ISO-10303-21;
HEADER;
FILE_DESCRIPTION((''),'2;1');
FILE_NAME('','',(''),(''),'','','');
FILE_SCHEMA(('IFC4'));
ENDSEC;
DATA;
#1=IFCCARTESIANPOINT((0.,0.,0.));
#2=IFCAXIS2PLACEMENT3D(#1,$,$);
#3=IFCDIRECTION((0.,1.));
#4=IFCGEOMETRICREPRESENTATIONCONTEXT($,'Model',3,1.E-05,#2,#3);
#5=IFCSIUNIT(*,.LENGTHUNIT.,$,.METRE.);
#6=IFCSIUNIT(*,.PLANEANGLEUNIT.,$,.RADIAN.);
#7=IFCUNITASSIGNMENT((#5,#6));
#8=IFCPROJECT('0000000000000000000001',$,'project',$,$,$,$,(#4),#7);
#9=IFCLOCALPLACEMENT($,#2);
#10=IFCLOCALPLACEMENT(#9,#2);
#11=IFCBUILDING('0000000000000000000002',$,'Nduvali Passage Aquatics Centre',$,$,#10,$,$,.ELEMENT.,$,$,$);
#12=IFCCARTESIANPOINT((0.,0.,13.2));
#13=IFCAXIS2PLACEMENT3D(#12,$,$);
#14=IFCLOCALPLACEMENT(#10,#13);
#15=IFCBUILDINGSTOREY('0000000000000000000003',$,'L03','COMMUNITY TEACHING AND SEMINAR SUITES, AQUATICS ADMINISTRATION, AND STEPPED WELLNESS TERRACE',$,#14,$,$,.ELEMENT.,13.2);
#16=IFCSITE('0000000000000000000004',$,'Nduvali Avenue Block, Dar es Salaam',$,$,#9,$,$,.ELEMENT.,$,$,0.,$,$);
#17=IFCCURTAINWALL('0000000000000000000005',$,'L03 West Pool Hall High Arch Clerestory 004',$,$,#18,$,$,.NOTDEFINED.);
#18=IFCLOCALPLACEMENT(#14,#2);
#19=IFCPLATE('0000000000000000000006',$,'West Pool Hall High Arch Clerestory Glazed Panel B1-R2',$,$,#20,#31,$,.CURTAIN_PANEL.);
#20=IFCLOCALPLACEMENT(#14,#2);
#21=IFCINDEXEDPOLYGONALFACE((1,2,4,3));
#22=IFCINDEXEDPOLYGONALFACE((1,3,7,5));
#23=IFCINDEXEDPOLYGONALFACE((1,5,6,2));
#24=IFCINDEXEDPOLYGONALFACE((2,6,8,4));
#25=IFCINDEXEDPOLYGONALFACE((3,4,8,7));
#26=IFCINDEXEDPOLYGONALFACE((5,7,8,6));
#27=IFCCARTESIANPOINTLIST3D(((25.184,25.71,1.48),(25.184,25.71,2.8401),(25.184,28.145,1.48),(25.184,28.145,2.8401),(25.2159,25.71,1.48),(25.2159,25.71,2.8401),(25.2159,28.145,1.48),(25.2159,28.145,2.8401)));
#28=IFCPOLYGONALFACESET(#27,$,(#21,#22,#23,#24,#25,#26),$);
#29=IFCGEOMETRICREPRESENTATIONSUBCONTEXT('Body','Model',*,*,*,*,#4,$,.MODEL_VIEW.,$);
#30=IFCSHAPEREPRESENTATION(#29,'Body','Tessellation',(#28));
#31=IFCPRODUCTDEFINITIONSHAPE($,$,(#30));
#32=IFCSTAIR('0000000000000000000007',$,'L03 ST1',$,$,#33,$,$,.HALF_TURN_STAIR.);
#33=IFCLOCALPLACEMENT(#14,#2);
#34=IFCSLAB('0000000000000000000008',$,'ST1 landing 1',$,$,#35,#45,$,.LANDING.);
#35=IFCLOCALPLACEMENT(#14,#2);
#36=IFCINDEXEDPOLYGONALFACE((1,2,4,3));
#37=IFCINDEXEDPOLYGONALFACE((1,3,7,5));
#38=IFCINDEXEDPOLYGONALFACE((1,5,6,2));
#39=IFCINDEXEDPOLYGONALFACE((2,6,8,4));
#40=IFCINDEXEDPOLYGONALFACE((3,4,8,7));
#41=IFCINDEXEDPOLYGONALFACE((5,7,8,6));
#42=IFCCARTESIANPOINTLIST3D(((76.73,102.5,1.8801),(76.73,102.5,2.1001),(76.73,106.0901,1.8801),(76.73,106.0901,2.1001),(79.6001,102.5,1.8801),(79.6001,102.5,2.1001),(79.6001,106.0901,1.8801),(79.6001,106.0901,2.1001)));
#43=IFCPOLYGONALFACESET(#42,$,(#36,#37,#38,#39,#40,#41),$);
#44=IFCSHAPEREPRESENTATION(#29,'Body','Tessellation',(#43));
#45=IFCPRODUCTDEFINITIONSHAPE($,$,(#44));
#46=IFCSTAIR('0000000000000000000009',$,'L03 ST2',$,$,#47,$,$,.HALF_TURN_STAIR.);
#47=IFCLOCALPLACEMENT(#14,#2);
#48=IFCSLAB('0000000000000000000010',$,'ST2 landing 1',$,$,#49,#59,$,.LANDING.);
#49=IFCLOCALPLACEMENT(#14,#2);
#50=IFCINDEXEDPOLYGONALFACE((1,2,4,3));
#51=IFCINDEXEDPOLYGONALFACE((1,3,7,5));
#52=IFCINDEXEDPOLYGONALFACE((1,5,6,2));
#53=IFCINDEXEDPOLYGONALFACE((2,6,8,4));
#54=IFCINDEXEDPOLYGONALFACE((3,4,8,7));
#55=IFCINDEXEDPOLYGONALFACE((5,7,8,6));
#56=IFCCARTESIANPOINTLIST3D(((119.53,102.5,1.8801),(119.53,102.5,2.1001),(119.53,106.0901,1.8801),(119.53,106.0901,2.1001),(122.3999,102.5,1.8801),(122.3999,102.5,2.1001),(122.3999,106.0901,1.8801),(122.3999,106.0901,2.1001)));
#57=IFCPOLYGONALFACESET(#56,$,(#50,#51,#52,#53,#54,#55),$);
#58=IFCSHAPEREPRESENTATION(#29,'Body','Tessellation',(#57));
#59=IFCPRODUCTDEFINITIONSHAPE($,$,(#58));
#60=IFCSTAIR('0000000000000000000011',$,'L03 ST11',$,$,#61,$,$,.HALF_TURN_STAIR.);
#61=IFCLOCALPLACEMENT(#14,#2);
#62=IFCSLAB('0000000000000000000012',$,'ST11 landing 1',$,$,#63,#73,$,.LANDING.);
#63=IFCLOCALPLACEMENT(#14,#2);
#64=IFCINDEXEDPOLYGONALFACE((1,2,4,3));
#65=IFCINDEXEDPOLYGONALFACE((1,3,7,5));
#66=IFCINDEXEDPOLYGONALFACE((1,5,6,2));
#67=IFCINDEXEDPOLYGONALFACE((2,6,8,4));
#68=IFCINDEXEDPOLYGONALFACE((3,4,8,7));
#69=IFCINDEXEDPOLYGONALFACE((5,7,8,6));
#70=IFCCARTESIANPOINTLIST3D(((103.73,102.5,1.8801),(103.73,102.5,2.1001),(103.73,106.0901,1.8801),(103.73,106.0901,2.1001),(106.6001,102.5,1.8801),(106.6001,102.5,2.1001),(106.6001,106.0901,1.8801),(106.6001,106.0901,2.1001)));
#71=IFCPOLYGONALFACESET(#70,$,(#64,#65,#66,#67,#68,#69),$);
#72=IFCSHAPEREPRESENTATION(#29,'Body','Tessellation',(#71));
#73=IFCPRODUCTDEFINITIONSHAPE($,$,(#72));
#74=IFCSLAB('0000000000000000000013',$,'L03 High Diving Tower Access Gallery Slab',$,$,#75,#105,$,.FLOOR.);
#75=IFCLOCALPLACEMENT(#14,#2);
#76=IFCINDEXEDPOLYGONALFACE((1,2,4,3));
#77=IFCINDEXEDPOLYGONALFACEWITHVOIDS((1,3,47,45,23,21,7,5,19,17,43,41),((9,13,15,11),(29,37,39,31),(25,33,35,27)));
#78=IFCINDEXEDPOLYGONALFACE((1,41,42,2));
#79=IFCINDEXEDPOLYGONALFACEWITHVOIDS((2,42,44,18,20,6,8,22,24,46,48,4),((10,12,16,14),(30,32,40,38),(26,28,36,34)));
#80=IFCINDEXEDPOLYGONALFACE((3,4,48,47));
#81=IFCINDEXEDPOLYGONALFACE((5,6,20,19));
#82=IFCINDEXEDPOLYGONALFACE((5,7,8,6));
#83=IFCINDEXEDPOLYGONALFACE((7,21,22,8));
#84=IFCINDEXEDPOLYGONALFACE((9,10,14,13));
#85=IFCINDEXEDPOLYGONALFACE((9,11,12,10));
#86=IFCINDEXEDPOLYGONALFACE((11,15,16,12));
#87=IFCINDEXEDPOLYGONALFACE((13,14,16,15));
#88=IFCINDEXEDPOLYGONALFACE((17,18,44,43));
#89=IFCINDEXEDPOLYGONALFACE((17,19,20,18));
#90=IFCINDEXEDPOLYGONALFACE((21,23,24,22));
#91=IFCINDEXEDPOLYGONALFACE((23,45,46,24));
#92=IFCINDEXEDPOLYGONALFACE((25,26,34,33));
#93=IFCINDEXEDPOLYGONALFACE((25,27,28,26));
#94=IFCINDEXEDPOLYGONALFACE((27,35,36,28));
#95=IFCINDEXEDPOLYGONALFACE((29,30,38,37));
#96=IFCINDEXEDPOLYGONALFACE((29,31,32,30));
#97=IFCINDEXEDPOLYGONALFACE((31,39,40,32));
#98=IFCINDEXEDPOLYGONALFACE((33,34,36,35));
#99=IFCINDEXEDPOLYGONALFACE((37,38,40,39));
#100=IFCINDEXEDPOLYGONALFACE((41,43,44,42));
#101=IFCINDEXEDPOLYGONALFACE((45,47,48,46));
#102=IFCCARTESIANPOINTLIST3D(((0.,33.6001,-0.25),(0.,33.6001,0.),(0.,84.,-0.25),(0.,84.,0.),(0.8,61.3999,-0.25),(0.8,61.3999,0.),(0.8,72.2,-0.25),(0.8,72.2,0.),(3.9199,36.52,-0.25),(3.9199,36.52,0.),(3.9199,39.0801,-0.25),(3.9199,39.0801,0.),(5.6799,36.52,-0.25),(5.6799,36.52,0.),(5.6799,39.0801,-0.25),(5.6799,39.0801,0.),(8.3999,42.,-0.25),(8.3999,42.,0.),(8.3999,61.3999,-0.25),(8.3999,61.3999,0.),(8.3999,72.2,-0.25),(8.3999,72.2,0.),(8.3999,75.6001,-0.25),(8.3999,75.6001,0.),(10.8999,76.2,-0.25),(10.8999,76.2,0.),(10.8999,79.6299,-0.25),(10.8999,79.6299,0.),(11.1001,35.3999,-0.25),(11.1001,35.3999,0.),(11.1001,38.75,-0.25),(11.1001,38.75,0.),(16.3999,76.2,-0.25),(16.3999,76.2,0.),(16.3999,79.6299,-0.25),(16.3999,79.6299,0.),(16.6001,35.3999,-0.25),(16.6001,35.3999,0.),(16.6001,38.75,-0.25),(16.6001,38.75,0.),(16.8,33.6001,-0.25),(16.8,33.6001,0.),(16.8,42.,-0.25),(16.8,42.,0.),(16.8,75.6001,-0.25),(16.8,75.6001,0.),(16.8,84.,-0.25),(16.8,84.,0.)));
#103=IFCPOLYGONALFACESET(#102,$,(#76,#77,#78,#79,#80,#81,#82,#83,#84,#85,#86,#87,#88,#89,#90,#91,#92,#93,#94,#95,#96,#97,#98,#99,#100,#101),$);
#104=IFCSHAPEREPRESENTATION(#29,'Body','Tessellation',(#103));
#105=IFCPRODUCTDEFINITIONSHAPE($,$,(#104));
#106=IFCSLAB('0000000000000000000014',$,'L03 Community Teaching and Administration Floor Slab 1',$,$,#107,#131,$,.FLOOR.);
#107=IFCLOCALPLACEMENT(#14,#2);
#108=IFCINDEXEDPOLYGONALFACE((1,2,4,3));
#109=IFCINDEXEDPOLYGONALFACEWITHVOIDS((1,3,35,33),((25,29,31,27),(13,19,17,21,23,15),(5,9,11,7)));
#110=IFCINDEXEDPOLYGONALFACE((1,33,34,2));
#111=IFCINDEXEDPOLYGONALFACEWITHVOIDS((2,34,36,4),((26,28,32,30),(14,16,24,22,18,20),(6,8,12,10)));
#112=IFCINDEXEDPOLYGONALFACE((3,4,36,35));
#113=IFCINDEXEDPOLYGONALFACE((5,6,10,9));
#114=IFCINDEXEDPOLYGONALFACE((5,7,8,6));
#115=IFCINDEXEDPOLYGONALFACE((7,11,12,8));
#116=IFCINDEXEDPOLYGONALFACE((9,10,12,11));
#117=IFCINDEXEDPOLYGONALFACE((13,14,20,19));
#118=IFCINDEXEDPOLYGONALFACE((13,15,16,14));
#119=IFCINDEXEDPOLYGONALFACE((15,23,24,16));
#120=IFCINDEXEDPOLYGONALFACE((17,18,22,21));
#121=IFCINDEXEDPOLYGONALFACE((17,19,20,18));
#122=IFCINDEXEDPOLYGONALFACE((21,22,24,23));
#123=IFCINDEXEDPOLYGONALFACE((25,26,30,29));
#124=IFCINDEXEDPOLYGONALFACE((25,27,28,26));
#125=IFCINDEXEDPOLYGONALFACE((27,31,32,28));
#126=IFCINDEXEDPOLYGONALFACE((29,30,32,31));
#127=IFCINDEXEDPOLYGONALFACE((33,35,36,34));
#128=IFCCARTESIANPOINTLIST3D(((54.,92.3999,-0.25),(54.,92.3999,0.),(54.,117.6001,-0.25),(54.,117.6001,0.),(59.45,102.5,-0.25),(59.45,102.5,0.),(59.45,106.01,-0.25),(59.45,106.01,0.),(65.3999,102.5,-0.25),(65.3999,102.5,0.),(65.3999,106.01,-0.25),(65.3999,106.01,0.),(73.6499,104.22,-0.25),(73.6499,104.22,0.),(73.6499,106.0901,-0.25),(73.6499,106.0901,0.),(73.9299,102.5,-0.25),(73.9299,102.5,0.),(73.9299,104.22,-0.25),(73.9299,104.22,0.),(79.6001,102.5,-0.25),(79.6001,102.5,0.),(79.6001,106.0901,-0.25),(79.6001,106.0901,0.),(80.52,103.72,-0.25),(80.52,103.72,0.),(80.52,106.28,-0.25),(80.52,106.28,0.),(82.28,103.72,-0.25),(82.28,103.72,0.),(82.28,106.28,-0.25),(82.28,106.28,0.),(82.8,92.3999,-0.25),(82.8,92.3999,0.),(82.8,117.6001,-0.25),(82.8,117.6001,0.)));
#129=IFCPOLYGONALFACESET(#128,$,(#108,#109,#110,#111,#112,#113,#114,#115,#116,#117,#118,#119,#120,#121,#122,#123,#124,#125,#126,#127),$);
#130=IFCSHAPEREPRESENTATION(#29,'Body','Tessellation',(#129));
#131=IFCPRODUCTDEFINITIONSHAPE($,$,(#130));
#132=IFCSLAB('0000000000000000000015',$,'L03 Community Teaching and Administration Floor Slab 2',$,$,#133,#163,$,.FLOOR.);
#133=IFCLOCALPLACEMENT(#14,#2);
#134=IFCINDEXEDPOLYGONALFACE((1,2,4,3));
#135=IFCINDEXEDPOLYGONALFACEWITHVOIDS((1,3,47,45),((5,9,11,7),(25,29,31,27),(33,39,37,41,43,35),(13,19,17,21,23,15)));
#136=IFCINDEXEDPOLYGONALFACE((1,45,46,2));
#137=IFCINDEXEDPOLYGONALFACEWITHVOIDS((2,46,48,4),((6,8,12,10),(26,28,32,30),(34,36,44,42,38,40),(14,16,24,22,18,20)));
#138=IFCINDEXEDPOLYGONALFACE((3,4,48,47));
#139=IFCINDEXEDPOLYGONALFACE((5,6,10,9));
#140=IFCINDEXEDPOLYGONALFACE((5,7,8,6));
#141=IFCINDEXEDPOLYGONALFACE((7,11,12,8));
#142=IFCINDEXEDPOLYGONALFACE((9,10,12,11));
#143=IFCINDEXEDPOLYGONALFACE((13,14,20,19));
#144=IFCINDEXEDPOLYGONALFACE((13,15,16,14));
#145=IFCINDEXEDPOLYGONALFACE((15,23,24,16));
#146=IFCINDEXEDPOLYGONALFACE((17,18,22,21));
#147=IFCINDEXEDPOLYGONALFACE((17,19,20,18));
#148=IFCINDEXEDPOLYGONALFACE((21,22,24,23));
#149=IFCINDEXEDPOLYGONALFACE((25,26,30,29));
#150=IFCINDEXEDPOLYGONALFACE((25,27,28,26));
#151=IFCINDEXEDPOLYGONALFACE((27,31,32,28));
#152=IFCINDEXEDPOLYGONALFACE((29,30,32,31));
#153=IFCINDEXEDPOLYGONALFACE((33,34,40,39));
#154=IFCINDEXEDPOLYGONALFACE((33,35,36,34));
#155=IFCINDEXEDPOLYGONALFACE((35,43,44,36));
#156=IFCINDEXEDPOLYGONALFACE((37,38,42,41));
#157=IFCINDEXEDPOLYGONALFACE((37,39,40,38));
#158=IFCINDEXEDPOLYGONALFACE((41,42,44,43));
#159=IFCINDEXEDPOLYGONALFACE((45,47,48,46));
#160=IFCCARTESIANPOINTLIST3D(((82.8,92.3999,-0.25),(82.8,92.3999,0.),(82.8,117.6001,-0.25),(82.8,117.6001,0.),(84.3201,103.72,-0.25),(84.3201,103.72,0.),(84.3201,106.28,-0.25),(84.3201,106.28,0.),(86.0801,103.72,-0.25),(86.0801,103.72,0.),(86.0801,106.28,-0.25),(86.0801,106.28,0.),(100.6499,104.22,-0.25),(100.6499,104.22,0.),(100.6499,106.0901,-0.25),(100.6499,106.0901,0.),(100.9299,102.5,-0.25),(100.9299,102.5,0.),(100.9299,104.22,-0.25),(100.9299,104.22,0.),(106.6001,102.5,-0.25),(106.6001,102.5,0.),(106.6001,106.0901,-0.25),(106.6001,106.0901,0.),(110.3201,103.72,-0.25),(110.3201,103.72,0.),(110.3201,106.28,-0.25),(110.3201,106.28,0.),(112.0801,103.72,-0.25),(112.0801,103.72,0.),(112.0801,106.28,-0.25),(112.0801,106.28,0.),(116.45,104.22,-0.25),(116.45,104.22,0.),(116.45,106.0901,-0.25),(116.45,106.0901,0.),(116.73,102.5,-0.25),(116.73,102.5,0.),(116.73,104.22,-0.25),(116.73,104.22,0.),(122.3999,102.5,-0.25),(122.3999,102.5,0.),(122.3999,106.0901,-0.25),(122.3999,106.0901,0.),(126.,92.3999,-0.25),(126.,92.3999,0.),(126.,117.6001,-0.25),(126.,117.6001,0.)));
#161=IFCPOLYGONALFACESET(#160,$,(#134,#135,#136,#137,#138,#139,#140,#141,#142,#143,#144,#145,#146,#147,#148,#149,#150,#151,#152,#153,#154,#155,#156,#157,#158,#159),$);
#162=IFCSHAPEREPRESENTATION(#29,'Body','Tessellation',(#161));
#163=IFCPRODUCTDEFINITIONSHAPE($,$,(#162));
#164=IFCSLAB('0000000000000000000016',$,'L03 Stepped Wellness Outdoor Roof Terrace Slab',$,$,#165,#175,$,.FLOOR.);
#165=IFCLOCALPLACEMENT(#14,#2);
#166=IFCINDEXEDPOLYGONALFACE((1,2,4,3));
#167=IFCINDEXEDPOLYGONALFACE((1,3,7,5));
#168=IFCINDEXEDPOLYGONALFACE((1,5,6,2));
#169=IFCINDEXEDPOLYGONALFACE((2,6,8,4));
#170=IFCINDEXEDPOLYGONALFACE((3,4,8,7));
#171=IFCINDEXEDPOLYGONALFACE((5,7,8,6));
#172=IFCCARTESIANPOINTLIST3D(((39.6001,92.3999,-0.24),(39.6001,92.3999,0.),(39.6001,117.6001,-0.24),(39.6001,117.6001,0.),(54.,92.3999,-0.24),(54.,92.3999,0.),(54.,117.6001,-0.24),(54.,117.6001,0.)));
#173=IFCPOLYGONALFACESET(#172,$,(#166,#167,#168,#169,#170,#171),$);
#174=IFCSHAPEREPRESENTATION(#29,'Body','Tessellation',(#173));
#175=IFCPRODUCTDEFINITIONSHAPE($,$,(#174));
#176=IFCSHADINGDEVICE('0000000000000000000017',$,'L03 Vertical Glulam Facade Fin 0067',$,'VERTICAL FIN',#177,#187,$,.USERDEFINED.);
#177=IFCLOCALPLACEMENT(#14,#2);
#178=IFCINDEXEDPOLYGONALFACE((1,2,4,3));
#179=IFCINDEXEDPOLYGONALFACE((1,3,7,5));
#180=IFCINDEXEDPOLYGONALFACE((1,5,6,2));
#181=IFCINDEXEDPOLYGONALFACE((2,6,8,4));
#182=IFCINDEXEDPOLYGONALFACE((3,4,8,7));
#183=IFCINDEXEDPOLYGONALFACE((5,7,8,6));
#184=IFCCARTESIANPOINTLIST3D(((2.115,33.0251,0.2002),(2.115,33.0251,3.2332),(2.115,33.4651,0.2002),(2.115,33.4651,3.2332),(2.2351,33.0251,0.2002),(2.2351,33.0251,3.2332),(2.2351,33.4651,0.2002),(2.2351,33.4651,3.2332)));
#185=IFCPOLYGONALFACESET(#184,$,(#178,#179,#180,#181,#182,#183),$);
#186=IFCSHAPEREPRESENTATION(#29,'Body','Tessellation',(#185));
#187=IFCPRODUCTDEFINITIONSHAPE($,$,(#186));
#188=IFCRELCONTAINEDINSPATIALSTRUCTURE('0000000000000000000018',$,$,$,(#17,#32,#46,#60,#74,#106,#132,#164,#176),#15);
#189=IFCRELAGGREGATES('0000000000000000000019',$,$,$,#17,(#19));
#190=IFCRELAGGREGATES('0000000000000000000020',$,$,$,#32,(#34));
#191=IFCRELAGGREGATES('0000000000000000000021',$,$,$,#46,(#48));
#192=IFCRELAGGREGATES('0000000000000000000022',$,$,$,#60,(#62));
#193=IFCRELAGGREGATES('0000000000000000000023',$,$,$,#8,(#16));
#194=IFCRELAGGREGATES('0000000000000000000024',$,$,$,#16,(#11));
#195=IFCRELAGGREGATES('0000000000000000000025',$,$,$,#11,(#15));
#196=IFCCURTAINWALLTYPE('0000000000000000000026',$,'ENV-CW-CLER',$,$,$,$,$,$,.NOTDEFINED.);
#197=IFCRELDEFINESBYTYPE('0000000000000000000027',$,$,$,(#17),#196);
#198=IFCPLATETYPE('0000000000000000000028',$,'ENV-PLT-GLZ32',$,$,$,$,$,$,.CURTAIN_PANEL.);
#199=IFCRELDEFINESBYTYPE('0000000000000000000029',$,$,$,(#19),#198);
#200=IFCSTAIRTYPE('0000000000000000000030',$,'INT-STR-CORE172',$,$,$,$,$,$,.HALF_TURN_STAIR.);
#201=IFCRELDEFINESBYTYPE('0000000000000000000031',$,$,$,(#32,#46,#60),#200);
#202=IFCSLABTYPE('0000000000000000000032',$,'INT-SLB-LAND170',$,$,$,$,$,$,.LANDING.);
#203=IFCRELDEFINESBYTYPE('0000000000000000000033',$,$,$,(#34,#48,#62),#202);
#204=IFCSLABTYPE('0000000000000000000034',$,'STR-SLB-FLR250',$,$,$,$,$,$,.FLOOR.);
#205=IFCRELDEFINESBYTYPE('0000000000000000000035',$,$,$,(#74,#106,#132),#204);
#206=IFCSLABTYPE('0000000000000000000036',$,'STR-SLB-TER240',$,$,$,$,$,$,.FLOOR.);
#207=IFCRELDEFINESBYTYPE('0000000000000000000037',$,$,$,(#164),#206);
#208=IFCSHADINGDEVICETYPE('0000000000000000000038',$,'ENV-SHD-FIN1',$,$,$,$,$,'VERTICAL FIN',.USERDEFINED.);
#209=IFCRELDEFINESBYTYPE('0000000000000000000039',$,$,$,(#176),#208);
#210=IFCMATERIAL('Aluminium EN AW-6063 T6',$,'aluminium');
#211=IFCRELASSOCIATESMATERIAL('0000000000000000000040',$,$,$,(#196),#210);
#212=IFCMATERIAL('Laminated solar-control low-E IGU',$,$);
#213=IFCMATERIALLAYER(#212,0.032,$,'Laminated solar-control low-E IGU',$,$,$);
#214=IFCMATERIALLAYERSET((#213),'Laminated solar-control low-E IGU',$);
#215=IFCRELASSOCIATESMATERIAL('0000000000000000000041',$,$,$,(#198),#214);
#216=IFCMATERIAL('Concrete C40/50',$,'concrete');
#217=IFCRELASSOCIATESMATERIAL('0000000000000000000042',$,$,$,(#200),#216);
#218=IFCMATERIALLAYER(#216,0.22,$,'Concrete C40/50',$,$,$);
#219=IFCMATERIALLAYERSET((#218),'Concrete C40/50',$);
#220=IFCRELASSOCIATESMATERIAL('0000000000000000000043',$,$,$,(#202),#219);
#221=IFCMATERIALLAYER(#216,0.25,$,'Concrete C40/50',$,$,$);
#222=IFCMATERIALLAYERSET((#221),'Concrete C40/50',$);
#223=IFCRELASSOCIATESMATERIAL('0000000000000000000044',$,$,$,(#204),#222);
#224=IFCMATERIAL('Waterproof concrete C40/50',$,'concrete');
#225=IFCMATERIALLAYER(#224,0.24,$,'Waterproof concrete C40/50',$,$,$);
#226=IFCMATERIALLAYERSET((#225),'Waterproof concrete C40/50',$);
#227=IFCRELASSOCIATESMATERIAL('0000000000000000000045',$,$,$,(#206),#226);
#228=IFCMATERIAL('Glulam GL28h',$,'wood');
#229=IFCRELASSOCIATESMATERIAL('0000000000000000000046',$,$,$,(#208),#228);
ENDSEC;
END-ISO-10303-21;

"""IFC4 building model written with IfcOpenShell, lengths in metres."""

from ifc_helpers import new_model, si_unit, direction, frame, origin, origin_2d, place, context, subcontext, project, spatial, polyline, rectangle, outline, extrude, material, layer, layer_set, type_object, element, aggregate, save


model = new_model("IFC4")

# Units and contexts
model_context = context("Model", 3, precision=1e-05, world=origin(), true_north=direction((0.0, 1.0)))
body_context = subcontext(model_context, "Body", "Model", "MODEL_VIEW")
ifc_project = project(units=[si_unit("LENGTHUNIT", "METRE"), si_unit("PLANEANGLEUNIT", "RADIAN")], contexts=[model_context])

# Site, building, storey
site_placement = place(None, origin())
site = spatial("IfcSite", under=ifc_project, at=site_placement, Name="Nduvali Avenue Block, Dar es Salaam", CompositionType="ELEMENT", RefElevation=0.0)
building_placement = place(site_placement, origin())
building = spatial("IfcBuilding", under=site, at=building_placement, Name="Nduvali Passage Aquatics Centre", CompositionType="ELEMENT")
storey_placement = place(building_placement, frame((0.0, 0.0, 13.2)))
storey = spatial("IfcBuildingStorey", under=building, at=storey_placement, Name="L03", Description="COMMUNITY TEACHING AND SEMINAR SUITES, AQUATICS ADMINISTRATION, AND STEPPED WELLNESS TERRACE", CompositionType="ELEMENT", Elevation=13.2)

# Shared definitions
ifc_material_1 = material(Name="Concrete C40/50", Category="concrete")

# Curtain wall
ifc_material_2 = material(Name="Aluminium EN AW-6063 T6", Category="aluminium")
curtain_wall_type = type_object("IfcCurtainWallType", Name="ENV-CW-CLER", PredefinedType="NOTDEFINED", material=ifc_material_2)
curtain_wall_placement = place(storey_placement, origin())
curtain_wall = element("IfcCurtainWall", 1, at=curtain_wall_placement, inside=storey, type_object=curtain_wall_type, Name="L03 West Pool Hall High Arch Clerestory 004", PredefinedType="NOTDEFINED")

# Plate
ifc_material_3 = material(Name="Laminated solar-control low-E IGU")
ifc_layer_1 = layer(ifc_material_3, 0.032, Name="Laminated solar-control low-E IGU")
ifc_layer_set_1 = layer_set([ifc_layer_1], Name="Laminated solar-control low-E IGU")
plate_type = type_object("IfcPlateType", Name="ENV-PLT-GLZ32", PredefinedType="CURTAIN_PANEL", material=ifc_layer_set_1)
plate_1_placement = place(storey_placement, frame((25.2, 26.9275, 1.48), z_axis=(0.0, 0.0, 1.0), x_axis=(0.0, 1.0, 0.0)))
plate_1 = element("IfcPlate", 2, at=plate_1_placement, type_object=plate_type, Name="West Pool Hall High Arch Clerestory Glazed Panel B1-R2", PredefinedType="CURTAIN_PANEL", context=body_context, shape_type="SweptSolid", body=[
    extrude(rectangle(XDim=2.4351, YDim=0.032, at=origin_2d()), origin(), (0.0, 0.0, 1.0), 1.3601),
])
aggregate(curtain_wall, [plate_1])

# Stairs, slabs
stair_type = type_object("IfcStairType", Name="INT-STR-CORE172", PredefinedType="HALF_TURN_STAIR", material=ifc_material_1)
stair_1_placement = place(storey_placement, origin())
stair_1 = element("IfcStair", 3, at=stair_1_placement, inside=storey, type_object=stair_type, Name="L03 ST1", PredefinedType="HALF_TURN_STAIR")
ifc_layer_2 = layer(ifc_material_1, 0.22, Name="Concrete C40/50")
ifc_layer_set_2 = layer_set([ifc_layer_2], Name="Concrete C40/50")
slab_type_1 = type_object("IfcSlabType", Name="INT-SLB-LAND170", PredefinedType="LANDING", material=ifc_layer_set_2)
slab_1_placement = place(storey_placement, frame((0.0, 0.0, 1.8801)))
slab_1 = element("IfcSlab", 4, at=slab_1_placement, type_object=slab_type_1, Name="ST1 landing 1", PredefinedType="LANDING", context=body_context, shape_type="SweptSolid", body=[
    extrude(outline(polyline([(76.73, 102.5), (79.6001, 102.5), (79.6001, 106.0901), (76.73, 106.0901), (76.73, 102.5)])), origin(), (0.0, 0.0, 1.0), 0.22),
])
aggregate(stair_1, [slab_1])
stair_2_placement = place(storey_placement, origin())
stair_2 = element("IfcStair", 5, at=stair_2_placement, inside=storey, type_object=stair_type, Name="L03 ST2", PredefinedType="HALF_TURN_STAIR")
slab_2_placement = place(storey_placement, frame((0.0, 0.0, 1.8801)))
slab_2 = element("IfcSlab", 6, at=slab_2_placement, type_object=slab_type_1, Name="ST2 landing 1", PredefinedType="LANDING", context=body_context, shape_type="SweptSolid", body=[
    extrude(outline(polyline([(119.53, 102.5), (122.3999, 102.5), (122.3999, 106.0901), (119.53, 106.0901), (119.53, 102.5)])), origin(), (0.0, 0.0, 1.0), 0.22),
])
aggregate(stair_2, [slab_2])
stair_3_placement = place(storey_placement, origin())
stair_3 = element("IfcStair", 7, at=stair_3_placement, inside=storey, type_object=stair_type, Name="L03 ST11", PredefinedType="HALF_TURN_STAIR")
slab_3_placement = place(storey_placement, frame((0.0, 0.0, 1.8801)))
slab_3 = element("IfcSlab", 8, at=slab_3_placement, type_object=slab_type_1, Name="ST11 landing 1", PredefinedType="LANDING", context=body_context, shape_type="SweptSolid", body=[
    extrude(outline(polyline([(103.73, 102.5), (106.6001, 102.5), (106.6001, 106.0901), (103.73, 106.0901), (103.73, 102.5)])), origin(), (0.0, 0.0, 1.0), 0.22),
])
aggregate(stair_3, [slab_3])

# Slabs
ifc_layer_3 = layer(ifc_material_1, 0.25, Name="Concrete C40/50")
ifc_layer_set_3 = layer_set([ifc_layer_3], Name="Concrete C40/50")
slab_type_2 = type_object("IfcSlabType", Name="STR-SLB-FLR250", PredefinedType="FLOOR", material=ifc_layer_set_3)
slab_4_placement = place(storey_placement, frame((0.0, 0.0, -0.25)))
element("IfcSlab", 9, at=slab_4_placement, inside=storey, type_object=slab_type_2, Name="L03 High Diving Tower Access Gallery Slab", PredefinedType="FLOOR", context=body_context, shape_type="SweptSolid", body=[
    extrude(outline(polyline([(0.0, 33.6001), (16.8, 33.6001), (16.8, 42.0), (8.3999, 42.0), (8.3999, 61.3999), (0.8, 61.3999), (0.8, 72.2), (8.3999, 72.2), (8.3999, 75.6001), (16.8, 75.6001), (16.8, 84.0), (0.0, 84.0), (0.0, 33.6001)]), holes=[polyline([(11.1001, 35.3999), (16.6001, 35.3999), (16.6001, 38.75), (11.1001, 38.75), (11.1001, 35.3999)]), polyline([(10.8999, 76.2), (16.3999, 76.2), (16.3999, 79.6299), (10.8999, 79.6299), (10.8999, 76.2)]), polyline([(3.9199, 36.52), (5.6799, 36.52), (5.6799, 39.0801), (3.9199, 39.0801), (3.9199, 36.52)])]), origin(), (0.0, 0.0, 1.0), 0.25),
])
slab_5_placement = place(storey_placement, frame((0.0, 0.0, -0.25)))
element("IfcSlab", 10, at=slab_5_placement, inside=storey, type_object=slab_type_2, Name="L03 Community Teaching and Administration Floor Slab 1", PredefinedType="FLOOR", context=body_context, shape_type="SweptSolid", body=[
    extrude(outline(polyline([(54.0, 92.3999), (82.8, 92.3999), (82.8, 117.6001), (54.0, 117.6001), (54.0, 92.3999)]), holes=[polyline([(73.9299, 102.5), (79.6001, 102.5), (79.6001, 106.0901), (73.6499, 106.0901), (73.6499, 104.22), (73.9299, 104.22), (73.9299, 102.5)]), polyline([(59.45, 102.5), (65.3999, 102.5), (65.3999, 106.01), (59.45, 106.01), (59.45, 102.5)]), polyline([(80.52, 103.72), (82.28, 103.72), (82.28, 106.28), (80.52, 106.28), (80.52, 103.72)])]), origin(), (0.0, 0.0, 1.0), 0.25),
])
slab_6_placement = place(storey_placement, frame((0.0, 0.0, -0.25)))
element("IfcSlab", 11, at=slab_6_placement, inside=storey, type_object=slab_type_2, Name="L03 Community Teaching and Administration Floor Slab 2", PredefinedType="FLOOR", context=body_context, shape_type="SweptSolid", body=[
    extrude(outline(polyline([(82.8, 92.3999), (126.0, 92.3999), (126.0, 117.6001), (82.8, 117.6001), (82.8, 92.3999)]), holes=[polyline([(116.73, 102.5), (122.3999, 102.5), (122.3999, 106.0901), (116.45, 106.0901), (116.45, 104.22), (116.73, 104.22), (116.73, 102.5)]), polyline([(100.9299, 102.5), (106.6001, 102.5), (106.6001, 106.0901), (100.6499, 106.0901), (100.6499, 104.22), (100.9299, 104.22), (100.9299, 102.5)]), polyline([(84.3201, 103.72), (86.0801, 103.72), (86.0801, 106.28), (84.3201, 106.28), (84.3201, 103.72)]), polyline([(110.3201, 103.72), (112.0801, 103.72), (112.0801, 106.28), (110.3201, 106.28), (110.3201, 103.72)])]), origin(), (0.0, 0.0, 1.0), 0.25),
])
ifc_material_4 = material(Name="Waterproof concrete C40/50", Category="concrete")
ifc_layer_4 = layer(ifc_material_4, 0.24, Name="Waterproof concrete C40/50")
ifc_layer_set_4 = layer_set([ifc_layer_4], Name="Waterproof concrete C40/50")
slab_type_3 = type_object("IfcSlabType", Name="STR-SLB-TER240", PredefinedType="FLOOR", material=ifc_layer_set_4)
slab_7_placement = place(storey_placement, frame((0.0, 0.0, -0.24)))
element("IfcSlab", 12, at=slab_7_placement, inside=storey, type_object=slab_type_3, Name="L03 Stepped Wellness Outdoor Roof Terrace Slab", PredefinedType="FLOOR", context=body_context, shape_type="SweptSolid", body=[
    extrude(outline(polyline([(39.6001, 92.3999), (54.0, 92.3999), (54.0, 117.6001), (39.6001, 117.6001), (39.6001, 92.3999)])), origin(), (0.0, 0.0, 1.0), 0.24),
])

# Shading device
ifc_material_5 = material(Name="Glulam GL28h", Category="wood")
shading_device_type_1 = type_object("IfcShadingDeviceType", Name="ENV-SHD-FIN1", ElementType="VERTICAL FIN", PredefinedType="USERDEFINED", material=ifc_material_5)
for number, where, z_axis, x_axis, name in (
    (13, (2.175, 33.2451, 0.2002), (0.0, 0.0, 1.0), (1.0, 0.0, 0.0), "L03 Vertical Glulam Facade Fin 0067"),
):
    element("IfcShadingDevice", number, at=place(storey_placement, frame(where, z_axis=z_axis, x_axis=x_axis)), inside=storey, type_object=shading_device_type_1, Name=name, ObjectType="VERTICAL FIN", PredefinedType="USERDEFINED", context=body_context, shape_type="SweptSolid", body=[
        extrude(rectangle(XDim=0.1201, YDim=0.4399, at=origin_2d()), origin(), (0.0, 0.0, 1.0), 3.033),
    ])

save(model, "model.ifc")
